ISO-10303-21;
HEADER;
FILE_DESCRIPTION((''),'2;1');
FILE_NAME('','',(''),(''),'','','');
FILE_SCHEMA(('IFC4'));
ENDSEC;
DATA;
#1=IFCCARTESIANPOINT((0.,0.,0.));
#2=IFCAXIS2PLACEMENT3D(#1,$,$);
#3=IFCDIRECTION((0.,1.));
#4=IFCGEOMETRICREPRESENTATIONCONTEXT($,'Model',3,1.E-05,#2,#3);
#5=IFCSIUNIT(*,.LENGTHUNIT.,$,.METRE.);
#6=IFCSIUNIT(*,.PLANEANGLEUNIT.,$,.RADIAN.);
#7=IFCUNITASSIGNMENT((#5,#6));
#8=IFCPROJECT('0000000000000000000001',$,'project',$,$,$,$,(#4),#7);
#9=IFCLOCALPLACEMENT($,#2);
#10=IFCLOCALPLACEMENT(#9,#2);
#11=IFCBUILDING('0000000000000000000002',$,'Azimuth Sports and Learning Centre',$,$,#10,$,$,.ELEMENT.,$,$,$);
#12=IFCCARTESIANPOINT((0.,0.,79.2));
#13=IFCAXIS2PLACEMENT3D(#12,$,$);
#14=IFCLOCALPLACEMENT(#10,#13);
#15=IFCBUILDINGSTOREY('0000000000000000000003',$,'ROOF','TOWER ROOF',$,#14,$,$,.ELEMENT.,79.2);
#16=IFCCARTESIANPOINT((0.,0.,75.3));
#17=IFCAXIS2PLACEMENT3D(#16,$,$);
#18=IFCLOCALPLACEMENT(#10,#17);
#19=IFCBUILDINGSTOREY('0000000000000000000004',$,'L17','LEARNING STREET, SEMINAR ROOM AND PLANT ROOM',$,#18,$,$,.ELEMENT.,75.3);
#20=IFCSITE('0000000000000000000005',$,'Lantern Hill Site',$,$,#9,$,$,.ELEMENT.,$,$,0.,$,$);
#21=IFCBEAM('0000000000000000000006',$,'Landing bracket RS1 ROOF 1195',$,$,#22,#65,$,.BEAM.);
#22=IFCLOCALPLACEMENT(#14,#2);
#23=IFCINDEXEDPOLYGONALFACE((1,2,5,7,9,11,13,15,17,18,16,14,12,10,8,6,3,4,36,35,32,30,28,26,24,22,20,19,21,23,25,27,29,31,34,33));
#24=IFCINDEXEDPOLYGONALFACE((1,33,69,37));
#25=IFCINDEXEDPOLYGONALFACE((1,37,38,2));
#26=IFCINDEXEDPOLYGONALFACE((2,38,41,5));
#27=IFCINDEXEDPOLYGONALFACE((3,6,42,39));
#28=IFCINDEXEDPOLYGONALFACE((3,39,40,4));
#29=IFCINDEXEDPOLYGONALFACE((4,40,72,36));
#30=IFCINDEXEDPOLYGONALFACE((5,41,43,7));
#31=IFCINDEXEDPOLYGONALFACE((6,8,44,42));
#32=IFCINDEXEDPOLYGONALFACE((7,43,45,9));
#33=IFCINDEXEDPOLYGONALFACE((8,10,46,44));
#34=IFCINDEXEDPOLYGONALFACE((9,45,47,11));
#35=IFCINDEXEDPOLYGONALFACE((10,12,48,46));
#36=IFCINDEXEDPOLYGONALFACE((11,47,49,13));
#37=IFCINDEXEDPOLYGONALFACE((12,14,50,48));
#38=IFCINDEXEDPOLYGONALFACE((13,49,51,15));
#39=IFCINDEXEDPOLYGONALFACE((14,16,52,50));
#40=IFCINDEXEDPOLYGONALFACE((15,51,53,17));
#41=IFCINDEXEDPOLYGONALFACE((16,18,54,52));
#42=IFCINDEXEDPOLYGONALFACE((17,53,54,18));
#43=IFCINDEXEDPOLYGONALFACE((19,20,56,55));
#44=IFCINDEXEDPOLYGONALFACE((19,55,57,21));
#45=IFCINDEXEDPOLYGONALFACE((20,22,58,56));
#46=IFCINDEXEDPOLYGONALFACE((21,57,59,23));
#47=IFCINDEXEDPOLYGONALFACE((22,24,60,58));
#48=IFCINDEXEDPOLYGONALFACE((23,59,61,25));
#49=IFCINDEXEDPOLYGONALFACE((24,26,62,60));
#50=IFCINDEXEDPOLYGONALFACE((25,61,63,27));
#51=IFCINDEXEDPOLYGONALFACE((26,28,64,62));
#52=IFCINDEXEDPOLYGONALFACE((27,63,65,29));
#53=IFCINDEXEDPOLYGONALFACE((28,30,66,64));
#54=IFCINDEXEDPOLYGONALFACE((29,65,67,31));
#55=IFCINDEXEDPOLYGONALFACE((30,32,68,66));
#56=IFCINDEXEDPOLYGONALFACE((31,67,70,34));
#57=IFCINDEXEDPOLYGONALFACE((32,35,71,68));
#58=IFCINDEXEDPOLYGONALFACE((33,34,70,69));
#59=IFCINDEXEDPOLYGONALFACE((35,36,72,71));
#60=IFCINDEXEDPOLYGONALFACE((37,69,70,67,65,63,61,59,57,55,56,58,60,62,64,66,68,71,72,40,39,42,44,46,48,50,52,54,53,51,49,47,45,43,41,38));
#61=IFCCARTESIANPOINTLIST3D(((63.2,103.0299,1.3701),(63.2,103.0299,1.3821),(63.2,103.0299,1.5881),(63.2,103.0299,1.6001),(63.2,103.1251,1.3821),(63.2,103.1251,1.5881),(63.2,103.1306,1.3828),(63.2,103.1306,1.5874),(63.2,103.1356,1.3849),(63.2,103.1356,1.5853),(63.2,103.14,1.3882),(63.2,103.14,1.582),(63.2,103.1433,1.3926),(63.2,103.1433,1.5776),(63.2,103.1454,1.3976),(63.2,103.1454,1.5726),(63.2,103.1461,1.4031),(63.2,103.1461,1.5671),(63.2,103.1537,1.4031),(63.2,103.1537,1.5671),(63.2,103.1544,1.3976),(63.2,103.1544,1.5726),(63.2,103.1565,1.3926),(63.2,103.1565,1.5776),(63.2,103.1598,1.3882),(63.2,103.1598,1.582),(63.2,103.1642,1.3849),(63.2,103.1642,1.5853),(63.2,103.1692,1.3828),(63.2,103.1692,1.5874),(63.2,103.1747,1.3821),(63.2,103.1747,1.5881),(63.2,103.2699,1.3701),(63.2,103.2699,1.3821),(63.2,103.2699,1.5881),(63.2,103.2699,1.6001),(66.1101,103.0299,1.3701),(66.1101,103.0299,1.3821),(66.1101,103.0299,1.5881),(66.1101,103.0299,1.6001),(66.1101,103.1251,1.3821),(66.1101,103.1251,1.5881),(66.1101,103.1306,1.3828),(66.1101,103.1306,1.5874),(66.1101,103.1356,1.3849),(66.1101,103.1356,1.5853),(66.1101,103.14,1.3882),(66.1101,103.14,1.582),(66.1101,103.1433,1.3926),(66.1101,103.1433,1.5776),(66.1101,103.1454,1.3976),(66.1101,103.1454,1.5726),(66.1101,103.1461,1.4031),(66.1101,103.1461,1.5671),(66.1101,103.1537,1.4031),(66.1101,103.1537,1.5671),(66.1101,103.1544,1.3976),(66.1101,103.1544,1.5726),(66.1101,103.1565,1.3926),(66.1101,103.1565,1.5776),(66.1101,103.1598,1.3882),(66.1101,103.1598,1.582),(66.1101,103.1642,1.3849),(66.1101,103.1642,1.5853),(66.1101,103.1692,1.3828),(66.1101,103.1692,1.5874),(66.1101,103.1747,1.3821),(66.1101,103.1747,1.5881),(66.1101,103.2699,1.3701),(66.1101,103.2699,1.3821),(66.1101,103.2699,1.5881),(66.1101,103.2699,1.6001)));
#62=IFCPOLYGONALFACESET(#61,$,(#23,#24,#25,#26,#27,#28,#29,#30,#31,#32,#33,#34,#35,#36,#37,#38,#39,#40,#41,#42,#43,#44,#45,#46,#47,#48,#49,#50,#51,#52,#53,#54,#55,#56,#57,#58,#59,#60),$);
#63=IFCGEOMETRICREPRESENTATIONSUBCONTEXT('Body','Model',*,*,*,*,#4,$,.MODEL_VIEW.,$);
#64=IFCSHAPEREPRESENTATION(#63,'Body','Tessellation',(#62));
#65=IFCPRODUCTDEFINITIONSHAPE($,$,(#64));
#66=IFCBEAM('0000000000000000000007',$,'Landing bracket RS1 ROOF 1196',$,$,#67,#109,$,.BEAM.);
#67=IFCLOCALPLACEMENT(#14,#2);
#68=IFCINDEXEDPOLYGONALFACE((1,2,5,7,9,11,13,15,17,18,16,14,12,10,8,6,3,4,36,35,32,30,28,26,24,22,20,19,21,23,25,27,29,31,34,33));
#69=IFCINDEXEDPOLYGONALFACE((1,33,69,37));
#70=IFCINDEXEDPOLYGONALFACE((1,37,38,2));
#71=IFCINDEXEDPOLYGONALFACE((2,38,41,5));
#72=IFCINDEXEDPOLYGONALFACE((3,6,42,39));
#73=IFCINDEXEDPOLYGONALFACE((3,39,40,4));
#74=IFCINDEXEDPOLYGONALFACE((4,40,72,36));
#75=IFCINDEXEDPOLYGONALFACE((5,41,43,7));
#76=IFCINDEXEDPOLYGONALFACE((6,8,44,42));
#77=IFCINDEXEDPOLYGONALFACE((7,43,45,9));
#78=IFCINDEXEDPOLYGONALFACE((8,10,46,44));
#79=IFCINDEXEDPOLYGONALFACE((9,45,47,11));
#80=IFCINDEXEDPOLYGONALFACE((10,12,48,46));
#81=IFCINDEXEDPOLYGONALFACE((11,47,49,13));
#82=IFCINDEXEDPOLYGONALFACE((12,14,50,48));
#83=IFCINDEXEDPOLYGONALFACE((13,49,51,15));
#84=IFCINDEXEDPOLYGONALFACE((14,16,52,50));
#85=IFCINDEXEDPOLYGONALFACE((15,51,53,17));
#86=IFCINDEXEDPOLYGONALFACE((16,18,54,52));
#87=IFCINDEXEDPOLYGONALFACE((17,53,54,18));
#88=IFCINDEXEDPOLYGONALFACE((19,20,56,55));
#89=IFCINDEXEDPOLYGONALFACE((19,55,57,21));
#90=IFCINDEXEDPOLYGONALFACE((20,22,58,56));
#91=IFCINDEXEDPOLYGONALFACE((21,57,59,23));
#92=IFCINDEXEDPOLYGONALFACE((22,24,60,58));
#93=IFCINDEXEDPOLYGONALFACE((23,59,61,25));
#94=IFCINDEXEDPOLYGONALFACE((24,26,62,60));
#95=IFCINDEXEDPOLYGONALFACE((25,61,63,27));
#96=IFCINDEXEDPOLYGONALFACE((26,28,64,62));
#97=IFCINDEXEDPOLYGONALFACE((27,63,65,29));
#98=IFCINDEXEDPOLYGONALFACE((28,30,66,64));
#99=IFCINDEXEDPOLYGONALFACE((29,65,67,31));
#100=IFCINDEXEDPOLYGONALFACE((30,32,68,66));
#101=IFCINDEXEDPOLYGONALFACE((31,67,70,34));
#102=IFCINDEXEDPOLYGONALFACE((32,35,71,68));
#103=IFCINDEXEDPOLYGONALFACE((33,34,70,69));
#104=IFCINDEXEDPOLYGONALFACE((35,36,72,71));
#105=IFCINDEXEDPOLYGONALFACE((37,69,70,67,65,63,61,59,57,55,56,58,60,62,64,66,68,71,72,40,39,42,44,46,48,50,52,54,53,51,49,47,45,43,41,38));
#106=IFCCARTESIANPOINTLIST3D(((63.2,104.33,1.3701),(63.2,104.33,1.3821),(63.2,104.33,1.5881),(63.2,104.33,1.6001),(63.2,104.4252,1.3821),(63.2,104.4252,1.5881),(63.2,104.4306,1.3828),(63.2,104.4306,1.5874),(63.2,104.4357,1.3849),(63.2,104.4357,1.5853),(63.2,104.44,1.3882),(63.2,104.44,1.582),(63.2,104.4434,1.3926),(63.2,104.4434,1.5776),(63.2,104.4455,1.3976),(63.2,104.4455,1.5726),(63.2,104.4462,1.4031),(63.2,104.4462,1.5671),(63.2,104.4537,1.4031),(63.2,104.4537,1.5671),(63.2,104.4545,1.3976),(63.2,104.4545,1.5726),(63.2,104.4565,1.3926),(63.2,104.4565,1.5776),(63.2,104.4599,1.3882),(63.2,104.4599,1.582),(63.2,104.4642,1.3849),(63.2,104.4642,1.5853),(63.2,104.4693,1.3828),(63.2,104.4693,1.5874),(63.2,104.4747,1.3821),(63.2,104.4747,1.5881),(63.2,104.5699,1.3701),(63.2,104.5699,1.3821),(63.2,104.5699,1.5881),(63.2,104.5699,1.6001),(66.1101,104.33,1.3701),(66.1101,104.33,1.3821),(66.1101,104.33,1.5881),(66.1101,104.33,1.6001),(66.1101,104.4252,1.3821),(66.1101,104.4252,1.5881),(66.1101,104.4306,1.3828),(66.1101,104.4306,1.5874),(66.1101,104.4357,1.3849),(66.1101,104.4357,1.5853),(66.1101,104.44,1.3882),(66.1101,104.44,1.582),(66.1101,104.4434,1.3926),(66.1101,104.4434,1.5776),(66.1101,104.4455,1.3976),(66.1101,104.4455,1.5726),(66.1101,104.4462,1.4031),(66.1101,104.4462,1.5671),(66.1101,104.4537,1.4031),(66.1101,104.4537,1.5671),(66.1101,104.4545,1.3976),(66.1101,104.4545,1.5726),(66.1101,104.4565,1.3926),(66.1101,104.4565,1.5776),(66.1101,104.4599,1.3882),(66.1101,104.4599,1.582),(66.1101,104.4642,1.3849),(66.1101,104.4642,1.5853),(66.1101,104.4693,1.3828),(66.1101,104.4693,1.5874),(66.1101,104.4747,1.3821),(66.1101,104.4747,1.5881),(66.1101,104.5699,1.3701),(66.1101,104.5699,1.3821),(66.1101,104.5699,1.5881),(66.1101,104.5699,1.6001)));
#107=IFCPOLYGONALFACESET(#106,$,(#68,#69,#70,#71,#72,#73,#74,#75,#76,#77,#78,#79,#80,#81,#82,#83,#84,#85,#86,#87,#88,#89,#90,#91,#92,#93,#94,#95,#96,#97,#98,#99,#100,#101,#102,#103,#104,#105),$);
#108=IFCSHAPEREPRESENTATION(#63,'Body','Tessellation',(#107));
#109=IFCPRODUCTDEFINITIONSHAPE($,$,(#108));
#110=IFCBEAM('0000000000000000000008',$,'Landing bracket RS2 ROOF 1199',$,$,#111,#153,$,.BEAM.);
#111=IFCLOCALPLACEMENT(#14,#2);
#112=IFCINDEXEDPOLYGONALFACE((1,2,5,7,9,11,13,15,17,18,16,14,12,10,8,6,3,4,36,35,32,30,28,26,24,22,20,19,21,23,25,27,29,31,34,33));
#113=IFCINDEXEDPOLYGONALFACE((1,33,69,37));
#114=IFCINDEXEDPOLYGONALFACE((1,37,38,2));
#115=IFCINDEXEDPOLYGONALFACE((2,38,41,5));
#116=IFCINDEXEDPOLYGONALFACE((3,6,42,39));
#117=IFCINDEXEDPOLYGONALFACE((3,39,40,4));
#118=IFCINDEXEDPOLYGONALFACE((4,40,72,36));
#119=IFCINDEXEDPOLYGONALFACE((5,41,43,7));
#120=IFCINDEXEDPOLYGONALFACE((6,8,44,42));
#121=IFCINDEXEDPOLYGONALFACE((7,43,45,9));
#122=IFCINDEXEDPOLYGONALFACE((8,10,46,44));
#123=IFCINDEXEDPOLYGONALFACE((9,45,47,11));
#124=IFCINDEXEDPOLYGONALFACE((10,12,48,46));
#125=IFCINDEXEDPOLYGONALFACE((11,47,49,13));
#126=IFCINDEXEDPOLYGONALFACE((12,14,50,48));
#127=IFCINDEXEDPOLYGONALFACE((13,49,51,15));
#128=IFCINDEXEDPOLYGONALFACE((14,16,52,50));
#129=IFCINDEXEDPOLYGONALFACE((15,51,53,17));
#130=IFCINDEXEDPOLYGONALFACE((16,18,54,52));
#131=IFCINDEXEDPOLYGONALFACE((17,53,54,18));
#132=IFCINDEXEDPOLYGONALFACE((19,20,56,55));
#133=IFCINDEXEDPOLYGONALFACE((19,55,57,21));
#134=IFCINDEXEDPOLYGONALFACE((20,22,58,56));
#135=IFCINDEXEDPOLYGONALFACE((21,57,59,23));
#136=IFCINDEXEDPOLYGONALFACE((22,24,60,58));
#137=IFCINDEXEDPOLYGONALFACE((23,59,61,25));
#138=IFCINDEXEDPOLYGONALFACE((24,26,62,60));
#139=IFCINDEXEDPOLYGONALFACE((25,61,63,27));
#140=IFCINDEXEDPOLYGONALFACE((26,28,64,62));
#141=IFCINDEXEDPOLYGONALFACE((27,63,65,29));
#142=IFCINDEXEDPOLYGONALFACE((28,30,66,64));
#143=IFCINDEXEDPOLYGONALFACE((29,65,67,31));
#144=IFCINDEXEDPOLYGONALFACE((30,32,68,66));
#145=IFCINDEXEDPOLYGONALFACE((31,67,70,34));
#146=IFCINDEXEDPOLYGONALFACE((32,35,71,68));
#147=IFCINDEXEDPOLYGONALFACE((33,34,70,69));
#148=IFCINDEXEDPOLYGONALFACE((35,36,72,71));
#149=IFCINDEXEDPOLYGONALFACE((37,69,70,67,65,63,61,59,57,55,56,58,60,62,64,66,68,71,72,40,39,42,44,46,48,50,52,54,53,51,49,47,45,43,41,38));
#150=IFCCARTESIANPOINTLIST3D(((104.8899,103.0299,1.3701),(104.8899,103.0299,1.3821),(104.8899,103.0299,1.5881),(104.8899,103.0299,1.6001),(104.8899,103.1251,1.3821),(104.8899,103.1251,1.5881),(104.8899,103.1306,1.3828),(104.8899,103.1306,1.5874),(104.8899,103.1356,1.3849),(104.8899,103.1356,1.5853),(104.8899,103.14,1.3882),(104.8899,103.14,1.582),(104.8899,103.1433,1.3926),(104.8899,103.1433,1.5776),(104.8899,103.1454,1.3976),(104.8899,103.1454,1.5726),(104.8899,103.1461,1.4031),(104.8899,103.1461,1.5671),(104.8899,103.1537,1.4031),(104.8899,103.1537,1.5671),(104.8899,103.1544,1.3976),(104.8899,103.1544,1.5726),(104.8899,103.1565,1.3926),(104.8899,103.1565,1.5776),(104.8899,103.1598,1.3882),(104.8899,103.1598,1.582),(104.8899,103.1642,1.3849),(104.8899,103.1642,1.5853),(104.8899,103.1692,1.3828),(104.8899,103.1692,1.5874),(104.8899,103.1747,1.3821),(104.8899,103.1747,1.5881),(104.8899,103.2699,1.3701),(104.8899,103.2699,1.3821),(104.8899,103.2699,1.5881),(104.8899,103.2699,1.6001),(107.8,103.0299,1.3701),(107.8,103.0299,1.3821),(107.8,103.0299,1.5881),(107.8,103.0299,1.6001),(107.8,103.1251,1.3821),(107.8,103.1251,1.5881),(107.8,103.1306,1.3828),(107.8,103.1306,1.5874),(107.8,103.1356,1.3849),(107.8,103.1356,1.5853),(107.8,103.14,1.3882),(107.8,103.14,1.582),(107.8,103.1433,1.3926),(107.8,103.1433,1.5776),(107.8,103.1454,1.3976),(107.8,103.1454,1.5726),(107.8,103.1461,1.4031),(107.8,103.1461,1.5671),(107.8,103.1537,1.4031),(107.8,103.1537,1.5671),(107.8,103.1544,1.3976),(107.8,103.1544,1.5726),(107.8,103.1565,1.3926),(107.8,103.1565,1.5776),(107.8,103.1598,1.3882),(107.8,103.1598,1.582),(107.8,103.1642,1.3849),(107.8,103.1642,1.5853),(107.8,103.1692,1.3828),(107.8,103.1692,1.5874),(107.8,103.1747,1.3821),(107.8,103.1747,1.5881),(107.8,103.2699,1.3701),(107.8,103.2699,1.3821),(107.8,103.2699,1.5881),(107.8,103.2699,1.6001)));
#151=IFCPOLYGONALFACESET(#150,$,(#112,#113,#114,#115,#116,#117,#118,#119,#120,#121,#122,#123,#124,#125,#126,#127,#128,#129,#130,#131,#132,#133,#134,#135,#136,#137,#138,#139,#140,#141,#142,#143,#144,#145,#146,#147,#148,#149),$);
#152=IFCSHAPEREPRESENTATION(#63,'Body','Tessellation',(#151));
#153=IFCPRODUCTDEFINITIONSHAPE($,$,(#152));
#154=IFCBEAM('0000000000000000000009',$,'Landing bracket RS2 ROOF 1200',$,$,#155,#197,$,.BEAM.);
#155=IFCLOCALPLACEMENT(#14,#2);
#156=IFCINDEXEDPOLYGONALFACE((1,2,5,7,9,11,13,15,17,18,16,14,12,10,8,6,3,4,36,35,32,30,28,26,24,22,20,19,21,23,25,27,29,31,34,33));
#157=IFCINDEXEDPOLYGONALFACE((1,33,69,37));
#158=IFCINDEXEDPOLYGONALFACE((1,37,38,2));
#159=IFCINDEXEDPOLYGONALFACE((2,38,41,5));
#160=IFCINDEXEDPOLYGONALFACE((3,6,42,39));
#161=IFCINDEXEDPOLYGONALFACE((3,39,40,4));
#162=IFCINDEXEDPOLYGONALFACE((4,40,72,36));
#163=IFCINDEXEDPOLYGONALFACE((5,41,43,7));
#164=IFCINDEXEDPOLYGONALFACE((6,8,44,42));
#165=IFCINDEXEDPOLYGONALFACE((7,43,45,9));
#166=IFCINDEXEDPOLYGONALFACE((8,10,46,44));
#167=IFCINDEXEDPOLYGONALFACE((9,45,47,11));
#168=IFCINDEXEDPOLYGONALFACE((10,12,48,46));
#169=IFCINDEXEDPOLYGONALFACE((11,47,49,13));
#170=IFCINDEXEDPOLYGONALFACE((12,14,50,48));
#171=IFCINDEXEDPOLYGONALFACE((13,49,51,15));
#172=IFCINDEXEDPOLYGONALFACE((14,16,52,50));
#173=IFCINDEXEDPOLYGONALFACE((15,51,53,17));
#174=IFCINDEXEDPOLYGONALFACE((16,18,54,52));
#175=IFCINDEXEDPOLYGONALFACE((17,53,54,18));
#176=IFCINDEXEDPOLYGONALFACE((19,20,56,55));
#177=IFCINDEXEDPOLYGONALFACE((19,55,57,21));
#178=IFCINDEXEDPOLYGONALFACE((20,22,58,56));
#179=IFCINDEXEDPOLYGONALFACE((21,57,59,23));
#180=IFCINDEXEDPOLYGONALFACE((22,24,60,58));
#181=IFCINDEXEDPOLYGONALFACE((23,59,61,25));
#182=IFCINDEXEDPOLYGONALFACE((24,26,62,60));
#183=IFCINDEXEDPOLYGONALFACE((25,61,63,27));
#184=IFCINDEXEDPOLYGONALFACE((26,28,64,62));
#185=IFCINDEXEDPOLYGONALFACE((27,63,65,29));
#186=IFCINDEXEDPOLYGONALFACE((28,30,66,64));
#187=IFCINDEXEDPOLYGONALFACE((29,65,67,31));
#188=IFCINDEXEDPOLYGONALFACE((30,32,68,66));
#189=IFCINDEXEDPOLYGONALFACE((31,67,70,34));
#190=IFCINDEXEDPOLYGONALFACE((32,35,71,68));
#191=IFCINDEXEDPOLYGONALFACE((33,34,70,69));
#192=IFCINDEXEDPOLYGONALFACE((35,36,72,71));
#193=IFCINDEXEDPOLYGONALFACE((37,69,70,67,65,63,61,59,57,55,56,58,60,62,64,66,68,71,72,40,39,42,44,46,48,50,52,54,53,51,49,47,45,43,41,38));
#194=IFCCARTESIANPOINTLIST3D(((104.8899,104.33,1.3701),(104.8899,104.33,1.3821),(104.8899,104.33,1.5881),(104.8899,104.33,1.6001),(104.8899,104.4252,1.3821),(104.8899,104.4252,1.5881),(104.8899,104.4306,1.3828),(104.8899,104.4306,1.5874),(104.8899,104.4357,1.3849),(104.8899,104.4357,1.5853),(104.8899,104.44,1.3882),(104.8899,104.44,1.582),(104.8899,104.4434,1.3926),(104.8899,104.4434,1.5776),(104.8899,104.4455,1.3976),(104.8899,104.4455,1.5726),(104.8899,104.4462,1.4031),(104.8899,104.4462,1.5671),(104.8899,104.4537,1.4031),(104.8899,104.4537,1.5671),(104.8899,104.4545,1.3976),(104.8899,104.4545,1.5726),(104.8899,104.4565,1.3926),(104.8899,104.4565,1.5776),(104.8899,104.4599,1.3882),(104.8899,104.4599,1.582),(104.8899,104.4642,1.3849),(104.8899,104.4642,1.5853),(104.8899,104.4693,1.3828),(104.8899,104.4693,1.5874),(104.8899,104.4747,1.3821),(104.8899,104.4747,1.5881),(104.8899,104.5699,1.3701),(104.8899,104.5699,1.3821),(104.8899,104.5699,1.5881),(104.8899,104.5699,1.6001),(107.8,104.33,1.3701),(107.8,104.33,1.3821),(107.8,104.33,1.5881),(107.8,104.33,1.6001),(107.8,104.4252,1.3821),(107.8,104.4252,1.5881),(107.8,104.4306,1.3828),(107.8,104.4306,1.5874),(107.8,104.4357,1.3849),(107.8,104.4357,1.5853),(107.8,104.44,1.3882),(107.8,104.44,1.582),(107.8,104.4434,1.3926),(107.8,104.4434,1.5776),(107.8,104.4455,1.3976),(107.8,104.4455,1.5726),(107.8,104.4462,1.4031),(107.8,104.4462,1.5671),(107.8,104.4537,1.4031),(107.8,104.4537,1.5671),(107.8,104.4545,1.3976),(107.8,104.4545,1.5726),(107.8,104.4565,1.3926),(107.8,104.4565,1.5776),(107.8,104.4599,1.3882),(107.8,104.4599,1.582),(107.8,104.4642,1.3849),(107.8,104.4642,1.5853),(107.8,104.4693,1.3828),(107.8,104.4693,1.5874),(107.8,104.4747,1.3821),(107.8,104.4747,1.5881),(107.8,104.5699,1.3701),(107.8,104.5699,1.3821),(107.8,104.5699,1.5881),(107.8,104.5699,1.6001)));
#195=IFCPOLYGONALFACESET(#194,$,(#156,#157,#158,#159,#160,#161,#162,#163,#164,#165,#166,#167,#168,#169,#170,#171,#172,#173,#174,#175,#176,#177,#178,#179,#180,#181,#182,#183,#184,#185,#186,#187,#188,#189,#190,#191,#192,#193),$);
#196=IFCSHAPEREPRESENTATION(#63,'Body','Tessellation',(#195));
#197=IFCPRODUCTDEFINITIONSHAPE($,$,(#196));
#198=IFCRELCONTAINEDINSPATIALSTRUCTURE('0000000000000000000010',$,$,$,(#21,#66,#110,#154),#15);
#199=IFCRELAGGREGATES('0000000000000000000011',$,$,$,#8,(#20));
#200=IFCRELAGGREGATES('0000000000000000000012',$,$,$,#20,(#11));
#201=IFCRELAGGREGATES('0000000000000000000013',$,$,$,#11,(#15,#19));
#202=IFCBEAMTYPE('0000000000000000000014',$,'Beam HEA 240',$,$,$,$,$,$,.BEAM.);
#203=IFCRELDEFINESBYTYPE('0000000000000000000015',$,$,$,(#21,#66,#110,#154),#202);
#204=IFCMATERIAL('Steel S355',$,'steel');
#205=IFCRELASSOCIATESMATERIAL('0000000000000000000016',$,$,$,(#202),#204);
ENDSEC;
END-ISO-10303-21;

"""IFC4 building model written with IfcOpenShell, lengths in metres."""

from ifc_helpers import new_model, si_unit, direction, frame, origin, origin_2d, place, context, subcontext, project, spatial, i_section, extrude, material, material_profile, profile_set, type_object, element, save


model = new_model("IFC4")

# Units and contexts
model_context = context("Model", 3, precision=1e-05, world=origin(), true_north=direction((0.0, 1.0)))
body_context = subcontext(model_context, "Body", "Model", "MODEL_VIEW")
ifc_project = project(units=[si_unit("LENGTHUNIT", "METRE"), si_unit("PLANEANGLEUNIT", "RADIAN")], contexts=[model_context])

# Site, building, storey
site_placement = place(None, origin())
site = spatial("IfcSite", under=ifc_project, at=site_placement, Name="Lantern Hill Site", CompositionType="ELEMENT", RefElevation=0.0)
building_placement = place(site_placement, origin())
building = spatial("IfcBuilding", under=site, at=building_placement, Name="Azimuth Sports and Learning Centre", CompositionType="ELEMENT")
storey_1_placement = place(building_placement, frame((0.0, 0.0, 79.2)))
storey_1 = spatial("IfcBuildingStorey", under=building, at=storey_1_placement, Name="ROOF", Description="TOWER ROOF", CompositionType="ELEMENT", Elevation=79.2)

# Beams
ifc_material_1 = material(Name="Steel S355", Category="steel")
ifc_material_profile_1 = material_profile(ifc_material_1, i_section(OverallWidth=0.24, OverallDepth=0.23, WebThickness=0.0076, FlangeThickness=0.012, FilletRadius=0.021, at=origin_2d()), Name="HEA 240")
ifc_profile_set_1 = profile_set([ifc_material_profile_1], Name="Steel S355")
beam_type_1 = type_object("IfcBeamType", Name="Beam HEA 240", PredefinedType="BEAM", material=ifc_profile_set_1)
for number, where, z_axis, x_axis, name in (
    (1, (63.2, 103.1499, 1.4851), (1.0, 0.0, 0.0), (0.0, 1.0, 0.0), "Landing bracket RS1 ROOF 1195"),
    (2, (63.2, 104.45, 1.4851), (1.0, 0.0, 0.0), (0.0, 1.0, 0.0), "Landing bracket RS1 ROOF 1196"),
    (3, (107.8, 103.1499, 1.4851), (-1.0, 0.0, 0.0), (0.0, -1.0, 0.0), "Landing bracket RS2 ROOF 1199"),
    (4, (107.8, 104.45, 1.4851), (-1.0, 0.0, 0.0), (0.0, -1.0, 0.0), "Landing bracket RS2 ROOF 1200"),
):
    element("IfcBeam", number, at=place(storey_1_placement, frame(where, z_axis=z_axis, x_axis=x_axis)), inside=storey_1, type_object=beam_type_1, Name=name, PredefinedType="BEAM", context=body_context, shape_type="SweptSolid", body=[
        extrude(i_section(OverallWidth=0.24, OverallDepth=0.23, WebThickness=0.0076, FlangeThickness=0.012, FilletRadius=0.021, at=origin_2d()), origin(), (0.0, 0.0, 1.0), 2.9102),
    ])

# Shared definitions
storey_2_placement = place(building_placement, frame((0.0, 0.0, 75.3)))
storey_2 = spatial("IfcBuildingStorey", under=building, at=storey_2_placement, Name="L17", Description="LEARNING STREET, SEMINAR ROOM AND PLANT ROOM", CompositionType="ELEMENT", Elevation=75.3)

save(model, "model.ifc")
